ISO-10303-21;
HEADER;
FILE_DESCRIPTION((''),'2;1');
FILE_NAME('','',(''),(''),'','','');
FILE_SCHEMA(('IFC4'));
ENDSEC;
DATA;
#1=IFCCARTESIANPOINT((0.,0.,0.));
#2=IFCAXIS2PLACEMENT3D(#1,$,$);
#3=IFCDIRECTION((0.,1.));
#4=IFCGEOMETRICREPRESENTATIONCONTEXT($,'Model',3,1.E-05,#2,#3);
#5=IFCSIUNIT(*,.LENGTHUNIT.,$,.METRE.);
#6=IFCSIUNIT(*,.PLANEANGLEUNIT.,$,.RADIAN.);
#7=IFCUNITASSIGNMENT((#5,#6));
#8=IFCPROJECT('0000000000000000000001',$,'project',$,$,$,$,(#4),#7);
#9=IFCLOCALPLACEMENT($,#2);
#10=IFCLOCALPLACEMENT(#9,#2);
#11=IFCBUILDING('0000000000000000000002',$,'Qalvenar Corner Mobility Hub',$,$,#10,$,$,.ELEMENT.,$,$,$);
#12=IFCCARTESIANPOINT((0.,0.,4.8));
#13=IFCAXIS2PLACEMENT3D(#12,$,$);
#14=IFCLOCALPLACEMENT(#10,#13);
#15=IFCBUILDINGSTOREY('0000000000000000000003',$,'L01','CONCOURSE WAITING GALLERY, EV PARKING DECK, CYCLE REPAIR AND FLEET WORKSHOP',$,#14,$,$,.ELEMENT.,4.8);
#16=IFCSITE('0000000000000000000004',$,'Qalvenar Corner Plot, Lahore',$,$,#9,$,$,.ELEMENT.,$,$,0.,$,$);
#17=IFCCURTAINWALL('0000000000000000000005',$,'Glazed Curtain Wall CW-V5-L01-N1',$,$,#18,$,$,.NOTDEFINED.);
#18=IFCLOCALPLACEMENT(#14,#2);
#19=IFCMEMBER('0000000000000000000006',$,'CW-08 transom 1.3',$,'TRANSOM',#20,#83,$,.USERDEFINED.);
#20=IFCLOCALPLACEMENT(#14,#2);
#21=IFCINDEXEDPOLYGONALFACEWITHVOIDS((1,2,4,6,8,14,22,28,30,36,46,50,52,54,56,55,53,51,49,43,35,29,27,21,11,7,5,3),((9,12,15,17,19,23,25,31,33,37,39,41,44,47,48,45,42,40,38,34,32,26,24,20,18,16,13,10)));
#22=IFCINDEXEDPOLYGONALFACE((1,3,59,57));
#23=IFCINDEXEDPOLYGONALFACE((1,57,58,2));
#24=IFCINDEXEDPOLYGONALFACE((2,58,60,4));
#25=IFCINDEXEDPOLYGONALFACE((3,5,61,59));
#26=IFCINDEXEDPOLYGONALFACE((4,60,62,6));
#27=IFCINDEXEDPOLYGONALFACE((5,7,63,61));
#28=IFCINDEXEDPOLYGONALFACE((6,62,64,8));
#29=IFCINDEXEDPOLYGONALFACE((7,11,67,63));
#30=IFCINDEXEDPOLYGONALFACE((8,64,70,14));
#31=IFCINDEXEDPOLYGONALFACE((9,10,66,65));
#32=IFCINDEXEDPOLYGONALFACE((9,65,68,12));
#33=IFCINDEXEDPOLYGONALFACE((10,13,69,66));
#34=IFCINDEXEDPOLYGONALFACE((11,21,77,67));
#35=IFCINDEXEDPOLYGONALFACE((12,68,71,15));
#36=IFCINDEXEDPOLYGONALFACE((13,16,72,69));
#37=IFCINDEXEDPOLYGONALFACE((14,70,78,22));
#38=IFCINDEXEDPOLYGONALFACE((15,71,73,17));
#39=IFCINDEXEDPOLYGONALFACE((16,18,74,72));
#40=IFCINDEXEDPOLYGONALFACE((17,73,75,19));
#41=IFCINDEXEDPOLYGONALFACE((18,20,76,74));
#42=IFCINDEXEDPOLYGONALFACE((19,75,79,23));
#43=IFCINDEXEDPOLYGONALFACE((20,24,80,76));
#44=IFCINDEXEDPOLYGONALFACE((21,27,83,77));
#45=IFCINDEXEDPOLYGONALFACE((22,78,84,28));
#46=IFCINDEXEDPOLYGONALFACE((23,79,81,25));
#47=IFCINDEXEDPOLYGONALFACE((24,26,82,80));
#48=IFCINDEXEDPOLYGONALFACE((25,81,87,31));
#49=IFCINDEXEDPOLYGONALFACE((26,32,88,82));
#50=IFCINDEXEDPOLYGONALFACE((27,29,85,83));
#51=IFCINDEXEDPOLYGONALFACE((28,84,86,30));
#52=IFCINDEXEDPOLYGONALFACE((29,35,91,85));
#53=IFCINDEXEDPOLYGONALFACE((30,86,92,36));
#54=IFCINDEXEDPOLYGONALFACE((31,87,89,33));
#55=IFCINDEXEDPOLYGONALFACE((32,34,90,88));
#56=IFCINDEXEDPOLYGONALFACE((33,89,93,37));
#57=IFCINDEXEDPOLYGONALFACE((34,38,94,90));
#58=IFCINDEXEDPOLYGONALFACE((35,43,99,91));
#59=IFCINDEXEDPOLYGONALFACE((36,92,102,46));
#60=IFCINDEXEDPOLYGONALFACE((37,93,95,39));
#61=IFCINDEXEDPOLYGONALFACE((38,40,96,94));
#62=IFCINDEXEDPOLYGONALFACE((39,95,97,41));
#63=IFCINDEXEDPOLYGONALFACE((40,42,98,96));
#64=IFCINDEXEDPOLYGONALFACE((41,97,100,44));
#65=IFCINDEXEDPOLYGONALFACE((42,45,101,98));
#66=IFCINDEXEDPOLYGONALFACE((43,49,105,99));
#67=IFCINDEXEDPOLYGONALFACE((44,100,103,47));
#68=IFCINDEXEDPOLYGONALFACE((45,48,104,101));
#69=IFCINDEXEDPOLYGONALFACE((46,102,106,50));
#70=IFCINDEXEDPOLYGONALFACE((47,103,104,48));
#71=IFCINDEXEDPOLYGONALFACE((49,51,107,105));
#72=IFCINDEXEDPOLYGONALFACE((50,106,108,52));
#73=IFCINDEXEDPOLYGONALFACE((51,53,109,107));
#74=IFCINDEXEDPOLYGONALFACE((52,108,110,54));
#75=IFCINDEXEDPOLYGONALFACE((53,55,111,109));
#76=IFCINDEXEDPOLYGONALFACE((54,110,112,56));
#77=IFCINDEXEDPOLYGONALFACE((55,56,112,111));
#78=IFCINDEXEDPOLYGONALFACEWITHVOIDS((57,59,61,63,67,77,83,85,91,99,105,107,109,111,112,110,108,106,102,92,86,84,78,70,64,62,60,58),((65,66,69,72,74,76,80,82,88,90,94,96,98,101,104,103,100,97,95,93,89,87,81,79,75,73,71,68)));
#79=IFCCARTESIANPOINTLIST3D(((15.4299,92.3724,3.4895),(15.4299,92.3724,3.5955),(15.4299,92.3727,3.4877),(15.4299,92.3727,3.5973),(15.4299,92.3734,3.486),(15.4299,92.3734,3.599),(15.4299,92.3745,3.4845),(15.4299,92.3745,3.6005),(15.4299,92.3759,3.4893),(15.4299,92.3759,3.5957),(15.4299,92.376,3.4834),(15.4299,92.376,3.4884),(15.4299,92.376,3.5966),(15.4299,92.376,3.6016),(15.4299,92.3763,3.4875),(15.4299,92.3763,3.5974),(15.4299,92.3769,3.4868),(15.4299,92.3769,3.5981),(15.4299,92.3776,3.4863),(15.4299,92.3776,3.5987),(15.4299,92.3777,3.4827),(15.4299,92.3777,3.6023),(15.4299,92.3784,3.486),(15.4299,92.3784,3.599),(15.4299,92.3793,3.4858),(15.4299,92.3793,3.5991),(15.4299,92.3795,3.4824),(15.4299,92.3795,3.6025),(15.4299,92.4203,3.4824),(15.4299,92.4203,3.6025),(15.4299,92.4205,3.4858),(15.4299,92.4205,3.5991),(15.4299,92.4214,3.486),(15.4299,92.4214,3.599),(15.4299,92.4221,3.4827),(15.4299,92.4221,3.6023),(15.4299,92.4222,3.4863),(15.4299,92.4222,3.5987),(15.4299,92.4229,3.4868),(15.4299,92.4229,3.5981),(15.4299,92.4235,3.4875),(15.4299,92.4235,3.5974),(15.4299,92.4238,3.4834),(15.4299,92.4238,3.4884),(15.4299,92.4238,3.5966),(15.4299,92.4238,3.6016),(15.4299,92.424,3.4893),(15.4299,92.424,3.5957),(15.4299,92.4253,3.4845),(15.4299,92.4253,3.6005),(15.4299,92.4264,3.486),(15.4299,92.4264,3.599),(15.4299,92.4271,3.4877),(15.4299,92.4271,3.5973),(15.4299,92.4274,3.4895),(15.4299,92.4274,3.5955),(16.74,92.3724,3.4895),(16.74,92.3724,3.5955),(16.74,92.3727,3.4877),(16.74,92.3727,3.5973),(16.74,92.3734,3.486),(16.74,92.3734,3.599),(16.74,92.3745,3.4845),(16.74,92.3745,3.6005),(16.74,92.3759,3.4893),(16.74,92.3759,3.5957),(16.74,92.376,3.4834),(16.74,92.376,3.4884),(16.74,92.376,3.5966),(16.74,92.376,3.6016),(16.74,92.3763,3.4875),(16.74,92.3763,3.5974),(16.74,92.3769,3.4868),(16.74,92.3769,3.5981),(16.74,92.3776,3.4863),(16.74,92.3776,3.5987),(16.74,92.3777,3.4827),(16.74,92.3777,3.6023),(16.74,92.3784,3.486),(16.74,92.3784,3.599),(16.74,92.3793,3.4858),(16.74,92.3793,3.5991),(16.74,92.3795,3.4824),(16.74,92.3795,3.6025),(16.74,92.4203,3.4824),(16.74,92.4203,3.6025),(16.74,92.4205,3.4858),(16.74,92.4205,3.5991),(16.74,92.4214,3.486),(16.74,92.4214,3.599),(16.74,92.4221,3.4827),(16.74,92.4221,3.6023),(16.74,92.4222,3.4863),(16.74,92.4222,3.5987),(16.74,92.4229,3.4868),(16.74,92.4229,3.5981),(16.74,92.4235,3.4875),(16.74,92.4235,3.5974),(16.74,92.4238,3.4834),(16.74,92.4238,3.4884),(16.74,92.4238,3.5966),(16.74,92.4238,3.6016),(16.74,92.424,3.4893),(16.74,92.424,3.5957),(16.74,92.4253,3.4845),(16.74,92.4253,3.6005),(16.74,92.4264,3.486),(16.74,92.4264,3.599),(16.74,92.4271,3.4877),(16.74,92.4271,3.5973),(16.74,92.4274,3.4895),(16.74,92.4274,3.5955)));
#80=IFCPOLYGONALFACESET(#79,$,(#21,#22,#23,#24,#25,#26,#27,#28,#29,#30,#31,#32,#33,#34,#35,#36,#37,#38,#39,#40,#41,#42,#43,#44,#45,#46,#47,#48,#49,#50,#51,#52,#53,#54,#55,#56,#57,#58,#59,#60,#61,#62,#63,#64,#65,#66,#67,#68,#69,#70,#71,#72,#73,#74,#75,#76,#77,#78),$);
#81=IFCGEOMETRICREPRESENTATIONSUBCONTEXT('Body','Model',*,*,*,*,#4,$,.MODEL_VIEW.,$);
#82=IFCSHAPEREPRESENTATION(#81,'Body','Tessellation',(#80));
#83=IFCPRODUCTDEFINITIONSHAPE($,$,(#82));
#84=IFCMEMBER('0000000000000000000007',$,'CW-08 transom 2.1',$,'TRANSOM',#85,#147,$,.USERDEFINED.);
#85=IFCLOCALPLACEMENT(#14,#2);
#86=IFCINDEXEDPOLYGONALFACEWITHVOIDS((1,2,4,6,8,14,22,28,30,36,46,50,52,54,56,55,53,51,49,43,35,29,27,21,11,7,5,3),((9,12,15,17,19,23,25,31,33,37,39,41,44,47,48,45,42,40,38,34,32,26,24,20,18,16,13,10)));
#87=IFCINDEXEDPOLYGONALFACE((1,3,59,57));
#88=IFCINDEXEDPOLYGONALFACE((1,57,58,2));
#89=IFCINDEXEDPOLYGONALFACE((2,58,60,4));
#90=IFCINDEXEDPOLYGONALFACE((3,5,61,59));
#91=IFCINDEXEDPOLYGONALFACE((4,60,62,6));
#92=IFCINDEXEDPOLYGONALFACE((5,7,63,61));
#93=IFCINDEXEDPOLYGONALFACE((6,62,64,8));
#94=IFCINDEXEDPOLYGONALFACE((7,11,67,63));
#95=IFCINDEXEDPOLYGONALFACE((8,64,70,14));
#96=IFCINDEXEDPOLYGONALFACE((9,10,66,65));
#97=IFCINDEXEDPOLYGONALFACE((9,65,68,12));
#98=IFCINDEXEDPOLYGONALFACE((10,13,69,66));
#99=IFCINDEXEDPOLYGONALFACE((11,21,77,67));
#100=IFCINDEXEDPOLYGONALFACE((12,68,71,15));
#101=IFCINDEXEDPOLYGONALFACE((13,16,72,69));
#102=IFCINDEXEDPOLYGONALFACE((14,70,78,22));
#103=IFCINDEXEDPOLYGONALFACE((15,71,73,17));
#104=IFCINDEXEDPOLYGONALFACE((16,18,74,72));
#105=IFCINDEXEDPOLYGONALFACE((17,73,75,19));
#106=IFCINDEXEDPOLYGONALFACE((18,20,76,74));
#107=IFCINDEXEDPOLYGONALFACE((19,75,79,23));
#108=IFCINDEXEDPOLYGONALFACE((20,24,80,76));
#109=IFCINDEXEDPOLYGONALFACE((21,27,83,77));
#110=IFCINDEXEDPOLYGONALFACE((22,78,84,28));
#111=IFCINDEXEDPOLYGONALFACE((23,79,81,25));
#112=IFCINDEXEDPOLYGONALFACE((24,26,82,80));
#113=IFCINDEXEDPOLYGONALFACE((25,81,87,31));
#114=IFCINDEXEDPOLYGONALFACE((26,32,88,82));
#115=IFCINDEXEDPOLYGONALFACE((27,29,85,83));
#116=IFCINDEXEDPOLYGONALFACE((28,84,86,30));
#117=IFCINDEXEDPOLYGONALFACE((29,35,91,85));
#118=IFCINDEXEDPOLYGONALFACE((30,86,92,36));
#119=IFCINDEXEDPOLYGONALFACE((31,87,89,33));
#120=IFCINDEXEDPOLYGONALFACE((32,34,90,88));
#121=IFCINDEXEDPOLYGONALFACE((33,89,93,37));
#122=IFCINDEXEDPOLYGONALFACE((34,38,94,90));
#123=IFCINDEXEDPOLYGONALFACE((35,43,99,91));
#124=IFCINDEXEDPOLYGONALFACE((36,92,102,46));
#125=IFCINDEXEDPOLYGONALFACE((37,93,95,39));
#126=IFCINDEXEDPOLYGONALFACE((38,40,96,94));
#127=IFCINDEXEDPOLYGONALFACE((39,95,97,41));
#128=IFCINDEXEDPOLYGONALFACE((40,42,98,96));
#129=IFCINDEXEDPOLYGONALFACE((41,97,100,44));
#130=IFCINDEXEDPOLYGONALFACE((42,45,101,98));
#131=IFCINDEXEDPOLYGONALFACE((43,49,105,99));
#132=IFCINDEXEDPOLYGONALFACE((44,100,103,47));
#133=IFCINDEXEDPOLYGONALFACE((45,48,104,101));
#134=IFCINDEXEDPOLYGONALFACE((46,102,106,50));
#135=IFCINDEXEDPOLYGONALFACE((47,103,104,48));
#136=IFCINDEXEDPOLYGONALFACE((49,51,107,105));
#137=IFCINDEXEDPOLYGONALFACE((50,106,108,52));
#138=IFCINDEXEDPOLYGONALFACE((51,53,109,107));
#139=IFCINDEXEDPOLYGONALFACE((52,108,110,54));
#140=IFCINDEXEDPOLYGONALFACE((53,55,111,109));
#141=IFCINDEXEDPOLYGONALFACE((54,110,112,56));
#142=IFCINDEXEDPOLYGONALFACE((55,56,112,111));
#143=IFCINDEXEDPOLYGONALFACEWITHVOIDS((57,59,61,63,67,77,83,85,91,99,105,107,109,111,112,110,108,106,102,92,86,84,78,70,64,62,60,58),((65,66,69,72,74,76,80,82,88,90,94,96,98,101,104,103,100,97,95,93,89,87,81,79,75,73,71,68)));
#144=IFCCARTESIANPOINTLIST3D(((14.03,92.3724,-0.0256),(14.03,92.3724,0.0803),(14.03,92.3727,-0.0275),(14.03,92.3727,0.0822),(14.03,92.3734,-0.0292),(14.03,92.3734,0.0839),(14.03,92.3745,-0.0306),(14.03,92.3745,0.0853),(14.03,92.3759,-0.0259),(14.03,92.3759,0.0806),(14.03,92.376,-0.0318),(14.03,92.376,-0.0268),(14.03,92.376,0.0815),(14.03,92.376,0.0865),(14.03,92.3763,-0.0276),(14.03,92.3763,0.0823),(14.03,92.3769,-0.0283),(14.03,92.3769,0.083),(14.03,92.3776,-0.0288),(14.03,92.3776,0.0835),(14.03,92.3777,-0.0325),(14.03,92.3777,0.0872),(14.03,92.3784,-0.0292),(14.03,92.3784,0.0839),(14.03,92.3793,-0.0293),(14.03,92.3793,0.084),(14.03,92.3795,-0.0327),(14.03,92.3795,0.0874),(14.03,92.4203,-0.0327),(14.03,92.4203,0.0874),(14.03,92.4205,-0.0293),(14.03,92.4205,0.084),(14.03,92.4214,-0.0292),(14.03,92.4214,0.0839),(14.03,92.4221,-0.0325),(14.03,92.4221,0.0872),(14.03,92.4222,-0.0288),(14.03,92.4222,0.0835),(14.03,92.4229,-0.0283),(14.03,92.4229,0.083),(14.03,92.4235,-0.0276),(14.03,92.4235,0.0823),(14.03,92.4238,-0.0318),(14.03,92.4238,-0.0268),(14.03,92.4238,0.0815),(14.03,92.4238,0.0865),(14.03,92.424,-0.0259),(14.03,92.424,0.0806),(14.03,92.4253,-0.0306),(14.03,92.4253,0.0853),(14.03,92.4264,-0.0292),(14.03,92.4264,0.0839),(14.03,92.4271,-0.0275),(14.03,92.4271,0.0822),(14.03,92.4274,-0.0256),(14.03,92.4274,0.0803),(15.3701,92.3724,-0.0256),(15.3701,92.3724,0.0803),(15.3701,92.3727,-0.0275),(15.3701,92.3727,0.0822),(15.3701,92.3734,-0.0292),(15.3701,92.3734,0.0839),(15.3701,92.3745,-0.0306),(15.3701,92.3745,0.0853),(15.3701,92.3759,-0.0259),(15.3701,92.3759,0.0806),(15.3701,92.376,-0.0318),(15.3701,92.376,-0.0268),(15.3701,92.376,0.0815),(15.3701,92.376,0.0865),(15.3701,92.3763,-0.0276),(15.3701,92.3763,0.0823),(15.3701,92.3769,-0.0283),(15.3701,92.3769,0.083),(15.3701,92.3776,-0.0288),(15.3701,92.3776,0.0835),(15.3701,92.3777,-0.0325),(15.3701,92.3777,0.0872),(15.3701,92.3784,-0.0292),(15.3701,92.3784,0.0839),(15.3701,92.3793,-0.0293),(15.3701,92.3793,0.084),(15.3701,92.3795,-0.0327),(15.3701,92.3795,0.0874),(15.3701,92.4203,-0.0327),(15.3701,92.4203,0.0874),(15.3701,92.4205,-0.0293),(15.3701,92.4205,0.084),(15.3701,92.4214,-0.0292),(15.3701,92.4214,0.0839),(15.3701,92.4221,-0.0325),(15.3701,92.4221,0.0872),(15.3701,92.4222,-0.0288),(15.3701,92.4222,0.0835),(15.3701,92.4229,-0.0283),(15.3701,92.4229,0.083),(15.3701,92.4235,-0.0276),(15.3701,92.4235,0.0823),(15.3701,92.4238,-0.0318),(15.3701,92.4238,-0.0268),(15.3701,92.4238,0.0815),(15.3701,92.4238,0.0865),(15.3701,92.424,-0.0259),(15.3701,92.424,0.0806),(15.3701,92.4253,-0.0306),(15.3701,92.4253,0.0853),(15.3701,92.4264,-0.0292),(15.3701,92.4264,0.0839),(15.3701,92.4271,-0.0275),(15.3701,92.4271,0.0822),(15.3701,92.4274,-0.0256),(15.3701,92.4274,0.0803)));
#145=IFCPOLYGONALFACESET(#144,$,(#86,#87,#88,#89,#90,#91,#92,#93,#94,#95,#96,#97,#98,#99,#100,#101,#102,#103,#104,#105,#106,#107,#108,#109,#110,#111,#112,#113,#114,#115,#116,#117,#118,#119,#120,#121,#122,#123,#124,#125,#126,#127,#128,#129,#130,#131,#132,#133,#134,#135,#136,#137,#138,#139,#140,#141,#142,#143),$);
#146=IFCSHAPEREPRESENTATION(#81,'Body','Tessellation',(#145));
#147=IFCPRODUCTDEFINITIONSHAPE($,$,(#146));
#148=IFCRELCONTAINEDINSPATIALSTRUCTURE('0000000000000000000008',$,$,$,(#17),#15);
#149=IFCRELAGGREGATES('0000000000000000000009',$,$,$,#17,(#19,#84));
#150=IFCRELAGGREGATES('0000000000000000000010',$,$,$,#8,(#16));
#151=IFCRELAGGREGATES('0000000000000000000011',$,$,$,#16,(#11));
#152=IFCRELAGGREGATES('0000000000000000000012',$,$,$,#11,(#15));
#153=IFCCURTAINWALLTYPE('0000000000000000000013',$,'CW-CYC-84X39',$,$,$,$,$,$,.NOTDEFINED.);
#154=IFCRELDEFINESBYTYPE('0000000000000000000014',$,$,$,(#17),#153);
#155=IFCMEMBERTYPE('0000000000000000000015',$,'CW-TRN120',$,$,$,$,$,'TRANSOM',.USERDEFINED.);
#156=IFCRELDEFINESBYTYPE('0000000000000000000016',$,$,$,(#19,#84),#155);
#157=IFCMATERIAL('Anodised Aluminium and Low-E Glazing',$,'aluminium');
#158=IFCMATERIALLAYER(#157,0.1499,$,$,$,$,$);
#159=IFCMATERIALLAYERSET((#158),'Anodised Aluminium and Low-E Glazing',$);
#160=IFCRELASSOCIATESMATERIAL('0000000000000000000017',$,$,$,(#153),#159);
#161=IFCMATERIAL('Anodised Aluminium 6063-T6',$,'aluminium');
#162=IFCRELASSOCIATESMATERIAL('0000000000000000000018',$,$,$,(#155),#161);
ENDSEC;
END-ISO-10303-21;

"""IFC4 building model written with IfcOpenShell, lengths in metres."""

from ifc_helpers import new_model, si_unit, direction, frame, origin, origin_2d, place, context, subcontext, project, spatial, hollow_rectangle, extrude, material, layer, layer_set, material_profile, profile_set, type_object, element, aggregate, save


model = new_model("IFC4")

# Units and contexts
model_context = context("Model", 3, precision=1e-05, world=origin(), true_north=direction((0.0, 1.0)))
body_context = subcontext(model_context, "Body", "Model", "MODEL_VIEW")
ifc_project = project(units=[si_unit("LENGTHUNIT", "METRE"), si_unit("PLANEANGLEUNIT", "RADIAN")], contexts=[model_context])

# Site, building, storey
site_placement = place(None, origin())
site = spatial("IfcSite", under=ifc_project, at=site_placement, Name="Qalvenar Corner Plot, Lahore", CompositionType="ELEMENT", RefElevation=0.0)
building_placement = place(site_placement, origin())
building = spatial("IfcBuilding", under=site, at=building_placement, Name="Qalvenar Corner Mobility Hub", CompositionType="ELEMENT")
storey_placement = place(building_placement, frame((0.0, 0.0, 4.8)))
storey = spatial("IfcBuildingStorey", under=building, at=storey_placement, Name="L01", Description="CONCOURSE WAITING GALLERY, EV PARKING DECK, CYCLE REPAIR AND FLEET WORKSHOP", CompositionType="ELEMENT", Elevation=4.8)

# Curtain wall
ifc_material_1 = material(Name="Anodised Aluminium and Low-E Glazing", Category="aluminium")
ifc_layer_1 = layer(ifc_material_1, 0.1499)
ifc_layer_set_1 = layer_set([ifc_layer_1], Name="Anodised Aluminium and Low-E Glazing")
curtain_wall_type = type_object("IfcCurtainWallType", Name="CW-CYC-84X39", PredefinedType="NOTDEFINED", material=ifc_layer_set_1)
curtain_wall_1_placement = place(storey_placement, origin())
curtain_wall_1 = element("IfcCurtainWall", 1, at=curtain_wall_1_placement, inside=storey, type_object=curtain_wall_type, Name="Glazed Curtain Wall CW-V5-L01-N1", PredefinedType="NOTDEFINED")
ifc_material_2 = material(Name="Anodised Aluminium 6063-T6", Category="aluminium")

# Members
ifc_material_profile_1 = material_profile(ifc_material_2, hollow_rectangle(XDim=0.0549, YDim=0.1201, WallThickness=0.0034, InnerFilletRadius=0.0034, OuterFilletRadius=0.0071, at=origin_2d()), Name="RHS120x55x3.5")
ifc_profile_set_1 = profile_set([ifc_material_profile_1], Name="Anodised Aluminium 6063-T6")
member_type_1 = type_object("IfcMemberType", Name="CW-TRN120", ElementType="TRANSOM", PredefinedType="USERDEFINED", material=ifc_profile_set_1)
member_1_placement = place(storey_placement, frame((16.74, 92.3999, 3.5425), z_axis=(-1.0, 0.0, 0.0), x_axis=(0.0, -1.0, 0.0)))
member_1 = element("IfcMember", 2, at=member_1_placement, type_object=member_type_1, Name="CW-08 transom 1.3", ObjectType="TRANSOM", PredefinedType="USERDEFINED", context=body_context, shape_type="SweptSolid", body=[
    extrude(hollow_rectangle(XDim=0.0549, YDim=0.1201, WallThickness=0.0034, InnerFilletRadius=0.0034, OuterFilletRadius=0.0071, at=origin_2d()), origin(), (0.0, 0.0, 1.0), 1.3101),
])
member_2_placement = place(storey_placement, frame((15.3701, 92.3999, 0.0273), z_axis=(-1.0, 0.0, 0.0), x_axis=(0.0, -1.0, 0.0)))
member_2 = element("IfcMember", 3, at=member_2_placement, type_object=member_type_1, Name="CW-08 transom 2.1", ObjectType="TRANSOM", PredefinedType="USERDEFINED", context=body_context, shape_type="SweptSolid", body=[
    extrude(hollow_rectangle(XDim=0.0549, YDim=0.1201, WallThickness=0.0034, InnerFilletRadius=0.0034, OuterFilletRadius=0.0071, at=origin_2d()), origin(), (0.0, 0.0, 1.0), 1.3401),
])

aggregate(curtain_wall_1, [member_1, member_2])

save(model, "model.ifc")
